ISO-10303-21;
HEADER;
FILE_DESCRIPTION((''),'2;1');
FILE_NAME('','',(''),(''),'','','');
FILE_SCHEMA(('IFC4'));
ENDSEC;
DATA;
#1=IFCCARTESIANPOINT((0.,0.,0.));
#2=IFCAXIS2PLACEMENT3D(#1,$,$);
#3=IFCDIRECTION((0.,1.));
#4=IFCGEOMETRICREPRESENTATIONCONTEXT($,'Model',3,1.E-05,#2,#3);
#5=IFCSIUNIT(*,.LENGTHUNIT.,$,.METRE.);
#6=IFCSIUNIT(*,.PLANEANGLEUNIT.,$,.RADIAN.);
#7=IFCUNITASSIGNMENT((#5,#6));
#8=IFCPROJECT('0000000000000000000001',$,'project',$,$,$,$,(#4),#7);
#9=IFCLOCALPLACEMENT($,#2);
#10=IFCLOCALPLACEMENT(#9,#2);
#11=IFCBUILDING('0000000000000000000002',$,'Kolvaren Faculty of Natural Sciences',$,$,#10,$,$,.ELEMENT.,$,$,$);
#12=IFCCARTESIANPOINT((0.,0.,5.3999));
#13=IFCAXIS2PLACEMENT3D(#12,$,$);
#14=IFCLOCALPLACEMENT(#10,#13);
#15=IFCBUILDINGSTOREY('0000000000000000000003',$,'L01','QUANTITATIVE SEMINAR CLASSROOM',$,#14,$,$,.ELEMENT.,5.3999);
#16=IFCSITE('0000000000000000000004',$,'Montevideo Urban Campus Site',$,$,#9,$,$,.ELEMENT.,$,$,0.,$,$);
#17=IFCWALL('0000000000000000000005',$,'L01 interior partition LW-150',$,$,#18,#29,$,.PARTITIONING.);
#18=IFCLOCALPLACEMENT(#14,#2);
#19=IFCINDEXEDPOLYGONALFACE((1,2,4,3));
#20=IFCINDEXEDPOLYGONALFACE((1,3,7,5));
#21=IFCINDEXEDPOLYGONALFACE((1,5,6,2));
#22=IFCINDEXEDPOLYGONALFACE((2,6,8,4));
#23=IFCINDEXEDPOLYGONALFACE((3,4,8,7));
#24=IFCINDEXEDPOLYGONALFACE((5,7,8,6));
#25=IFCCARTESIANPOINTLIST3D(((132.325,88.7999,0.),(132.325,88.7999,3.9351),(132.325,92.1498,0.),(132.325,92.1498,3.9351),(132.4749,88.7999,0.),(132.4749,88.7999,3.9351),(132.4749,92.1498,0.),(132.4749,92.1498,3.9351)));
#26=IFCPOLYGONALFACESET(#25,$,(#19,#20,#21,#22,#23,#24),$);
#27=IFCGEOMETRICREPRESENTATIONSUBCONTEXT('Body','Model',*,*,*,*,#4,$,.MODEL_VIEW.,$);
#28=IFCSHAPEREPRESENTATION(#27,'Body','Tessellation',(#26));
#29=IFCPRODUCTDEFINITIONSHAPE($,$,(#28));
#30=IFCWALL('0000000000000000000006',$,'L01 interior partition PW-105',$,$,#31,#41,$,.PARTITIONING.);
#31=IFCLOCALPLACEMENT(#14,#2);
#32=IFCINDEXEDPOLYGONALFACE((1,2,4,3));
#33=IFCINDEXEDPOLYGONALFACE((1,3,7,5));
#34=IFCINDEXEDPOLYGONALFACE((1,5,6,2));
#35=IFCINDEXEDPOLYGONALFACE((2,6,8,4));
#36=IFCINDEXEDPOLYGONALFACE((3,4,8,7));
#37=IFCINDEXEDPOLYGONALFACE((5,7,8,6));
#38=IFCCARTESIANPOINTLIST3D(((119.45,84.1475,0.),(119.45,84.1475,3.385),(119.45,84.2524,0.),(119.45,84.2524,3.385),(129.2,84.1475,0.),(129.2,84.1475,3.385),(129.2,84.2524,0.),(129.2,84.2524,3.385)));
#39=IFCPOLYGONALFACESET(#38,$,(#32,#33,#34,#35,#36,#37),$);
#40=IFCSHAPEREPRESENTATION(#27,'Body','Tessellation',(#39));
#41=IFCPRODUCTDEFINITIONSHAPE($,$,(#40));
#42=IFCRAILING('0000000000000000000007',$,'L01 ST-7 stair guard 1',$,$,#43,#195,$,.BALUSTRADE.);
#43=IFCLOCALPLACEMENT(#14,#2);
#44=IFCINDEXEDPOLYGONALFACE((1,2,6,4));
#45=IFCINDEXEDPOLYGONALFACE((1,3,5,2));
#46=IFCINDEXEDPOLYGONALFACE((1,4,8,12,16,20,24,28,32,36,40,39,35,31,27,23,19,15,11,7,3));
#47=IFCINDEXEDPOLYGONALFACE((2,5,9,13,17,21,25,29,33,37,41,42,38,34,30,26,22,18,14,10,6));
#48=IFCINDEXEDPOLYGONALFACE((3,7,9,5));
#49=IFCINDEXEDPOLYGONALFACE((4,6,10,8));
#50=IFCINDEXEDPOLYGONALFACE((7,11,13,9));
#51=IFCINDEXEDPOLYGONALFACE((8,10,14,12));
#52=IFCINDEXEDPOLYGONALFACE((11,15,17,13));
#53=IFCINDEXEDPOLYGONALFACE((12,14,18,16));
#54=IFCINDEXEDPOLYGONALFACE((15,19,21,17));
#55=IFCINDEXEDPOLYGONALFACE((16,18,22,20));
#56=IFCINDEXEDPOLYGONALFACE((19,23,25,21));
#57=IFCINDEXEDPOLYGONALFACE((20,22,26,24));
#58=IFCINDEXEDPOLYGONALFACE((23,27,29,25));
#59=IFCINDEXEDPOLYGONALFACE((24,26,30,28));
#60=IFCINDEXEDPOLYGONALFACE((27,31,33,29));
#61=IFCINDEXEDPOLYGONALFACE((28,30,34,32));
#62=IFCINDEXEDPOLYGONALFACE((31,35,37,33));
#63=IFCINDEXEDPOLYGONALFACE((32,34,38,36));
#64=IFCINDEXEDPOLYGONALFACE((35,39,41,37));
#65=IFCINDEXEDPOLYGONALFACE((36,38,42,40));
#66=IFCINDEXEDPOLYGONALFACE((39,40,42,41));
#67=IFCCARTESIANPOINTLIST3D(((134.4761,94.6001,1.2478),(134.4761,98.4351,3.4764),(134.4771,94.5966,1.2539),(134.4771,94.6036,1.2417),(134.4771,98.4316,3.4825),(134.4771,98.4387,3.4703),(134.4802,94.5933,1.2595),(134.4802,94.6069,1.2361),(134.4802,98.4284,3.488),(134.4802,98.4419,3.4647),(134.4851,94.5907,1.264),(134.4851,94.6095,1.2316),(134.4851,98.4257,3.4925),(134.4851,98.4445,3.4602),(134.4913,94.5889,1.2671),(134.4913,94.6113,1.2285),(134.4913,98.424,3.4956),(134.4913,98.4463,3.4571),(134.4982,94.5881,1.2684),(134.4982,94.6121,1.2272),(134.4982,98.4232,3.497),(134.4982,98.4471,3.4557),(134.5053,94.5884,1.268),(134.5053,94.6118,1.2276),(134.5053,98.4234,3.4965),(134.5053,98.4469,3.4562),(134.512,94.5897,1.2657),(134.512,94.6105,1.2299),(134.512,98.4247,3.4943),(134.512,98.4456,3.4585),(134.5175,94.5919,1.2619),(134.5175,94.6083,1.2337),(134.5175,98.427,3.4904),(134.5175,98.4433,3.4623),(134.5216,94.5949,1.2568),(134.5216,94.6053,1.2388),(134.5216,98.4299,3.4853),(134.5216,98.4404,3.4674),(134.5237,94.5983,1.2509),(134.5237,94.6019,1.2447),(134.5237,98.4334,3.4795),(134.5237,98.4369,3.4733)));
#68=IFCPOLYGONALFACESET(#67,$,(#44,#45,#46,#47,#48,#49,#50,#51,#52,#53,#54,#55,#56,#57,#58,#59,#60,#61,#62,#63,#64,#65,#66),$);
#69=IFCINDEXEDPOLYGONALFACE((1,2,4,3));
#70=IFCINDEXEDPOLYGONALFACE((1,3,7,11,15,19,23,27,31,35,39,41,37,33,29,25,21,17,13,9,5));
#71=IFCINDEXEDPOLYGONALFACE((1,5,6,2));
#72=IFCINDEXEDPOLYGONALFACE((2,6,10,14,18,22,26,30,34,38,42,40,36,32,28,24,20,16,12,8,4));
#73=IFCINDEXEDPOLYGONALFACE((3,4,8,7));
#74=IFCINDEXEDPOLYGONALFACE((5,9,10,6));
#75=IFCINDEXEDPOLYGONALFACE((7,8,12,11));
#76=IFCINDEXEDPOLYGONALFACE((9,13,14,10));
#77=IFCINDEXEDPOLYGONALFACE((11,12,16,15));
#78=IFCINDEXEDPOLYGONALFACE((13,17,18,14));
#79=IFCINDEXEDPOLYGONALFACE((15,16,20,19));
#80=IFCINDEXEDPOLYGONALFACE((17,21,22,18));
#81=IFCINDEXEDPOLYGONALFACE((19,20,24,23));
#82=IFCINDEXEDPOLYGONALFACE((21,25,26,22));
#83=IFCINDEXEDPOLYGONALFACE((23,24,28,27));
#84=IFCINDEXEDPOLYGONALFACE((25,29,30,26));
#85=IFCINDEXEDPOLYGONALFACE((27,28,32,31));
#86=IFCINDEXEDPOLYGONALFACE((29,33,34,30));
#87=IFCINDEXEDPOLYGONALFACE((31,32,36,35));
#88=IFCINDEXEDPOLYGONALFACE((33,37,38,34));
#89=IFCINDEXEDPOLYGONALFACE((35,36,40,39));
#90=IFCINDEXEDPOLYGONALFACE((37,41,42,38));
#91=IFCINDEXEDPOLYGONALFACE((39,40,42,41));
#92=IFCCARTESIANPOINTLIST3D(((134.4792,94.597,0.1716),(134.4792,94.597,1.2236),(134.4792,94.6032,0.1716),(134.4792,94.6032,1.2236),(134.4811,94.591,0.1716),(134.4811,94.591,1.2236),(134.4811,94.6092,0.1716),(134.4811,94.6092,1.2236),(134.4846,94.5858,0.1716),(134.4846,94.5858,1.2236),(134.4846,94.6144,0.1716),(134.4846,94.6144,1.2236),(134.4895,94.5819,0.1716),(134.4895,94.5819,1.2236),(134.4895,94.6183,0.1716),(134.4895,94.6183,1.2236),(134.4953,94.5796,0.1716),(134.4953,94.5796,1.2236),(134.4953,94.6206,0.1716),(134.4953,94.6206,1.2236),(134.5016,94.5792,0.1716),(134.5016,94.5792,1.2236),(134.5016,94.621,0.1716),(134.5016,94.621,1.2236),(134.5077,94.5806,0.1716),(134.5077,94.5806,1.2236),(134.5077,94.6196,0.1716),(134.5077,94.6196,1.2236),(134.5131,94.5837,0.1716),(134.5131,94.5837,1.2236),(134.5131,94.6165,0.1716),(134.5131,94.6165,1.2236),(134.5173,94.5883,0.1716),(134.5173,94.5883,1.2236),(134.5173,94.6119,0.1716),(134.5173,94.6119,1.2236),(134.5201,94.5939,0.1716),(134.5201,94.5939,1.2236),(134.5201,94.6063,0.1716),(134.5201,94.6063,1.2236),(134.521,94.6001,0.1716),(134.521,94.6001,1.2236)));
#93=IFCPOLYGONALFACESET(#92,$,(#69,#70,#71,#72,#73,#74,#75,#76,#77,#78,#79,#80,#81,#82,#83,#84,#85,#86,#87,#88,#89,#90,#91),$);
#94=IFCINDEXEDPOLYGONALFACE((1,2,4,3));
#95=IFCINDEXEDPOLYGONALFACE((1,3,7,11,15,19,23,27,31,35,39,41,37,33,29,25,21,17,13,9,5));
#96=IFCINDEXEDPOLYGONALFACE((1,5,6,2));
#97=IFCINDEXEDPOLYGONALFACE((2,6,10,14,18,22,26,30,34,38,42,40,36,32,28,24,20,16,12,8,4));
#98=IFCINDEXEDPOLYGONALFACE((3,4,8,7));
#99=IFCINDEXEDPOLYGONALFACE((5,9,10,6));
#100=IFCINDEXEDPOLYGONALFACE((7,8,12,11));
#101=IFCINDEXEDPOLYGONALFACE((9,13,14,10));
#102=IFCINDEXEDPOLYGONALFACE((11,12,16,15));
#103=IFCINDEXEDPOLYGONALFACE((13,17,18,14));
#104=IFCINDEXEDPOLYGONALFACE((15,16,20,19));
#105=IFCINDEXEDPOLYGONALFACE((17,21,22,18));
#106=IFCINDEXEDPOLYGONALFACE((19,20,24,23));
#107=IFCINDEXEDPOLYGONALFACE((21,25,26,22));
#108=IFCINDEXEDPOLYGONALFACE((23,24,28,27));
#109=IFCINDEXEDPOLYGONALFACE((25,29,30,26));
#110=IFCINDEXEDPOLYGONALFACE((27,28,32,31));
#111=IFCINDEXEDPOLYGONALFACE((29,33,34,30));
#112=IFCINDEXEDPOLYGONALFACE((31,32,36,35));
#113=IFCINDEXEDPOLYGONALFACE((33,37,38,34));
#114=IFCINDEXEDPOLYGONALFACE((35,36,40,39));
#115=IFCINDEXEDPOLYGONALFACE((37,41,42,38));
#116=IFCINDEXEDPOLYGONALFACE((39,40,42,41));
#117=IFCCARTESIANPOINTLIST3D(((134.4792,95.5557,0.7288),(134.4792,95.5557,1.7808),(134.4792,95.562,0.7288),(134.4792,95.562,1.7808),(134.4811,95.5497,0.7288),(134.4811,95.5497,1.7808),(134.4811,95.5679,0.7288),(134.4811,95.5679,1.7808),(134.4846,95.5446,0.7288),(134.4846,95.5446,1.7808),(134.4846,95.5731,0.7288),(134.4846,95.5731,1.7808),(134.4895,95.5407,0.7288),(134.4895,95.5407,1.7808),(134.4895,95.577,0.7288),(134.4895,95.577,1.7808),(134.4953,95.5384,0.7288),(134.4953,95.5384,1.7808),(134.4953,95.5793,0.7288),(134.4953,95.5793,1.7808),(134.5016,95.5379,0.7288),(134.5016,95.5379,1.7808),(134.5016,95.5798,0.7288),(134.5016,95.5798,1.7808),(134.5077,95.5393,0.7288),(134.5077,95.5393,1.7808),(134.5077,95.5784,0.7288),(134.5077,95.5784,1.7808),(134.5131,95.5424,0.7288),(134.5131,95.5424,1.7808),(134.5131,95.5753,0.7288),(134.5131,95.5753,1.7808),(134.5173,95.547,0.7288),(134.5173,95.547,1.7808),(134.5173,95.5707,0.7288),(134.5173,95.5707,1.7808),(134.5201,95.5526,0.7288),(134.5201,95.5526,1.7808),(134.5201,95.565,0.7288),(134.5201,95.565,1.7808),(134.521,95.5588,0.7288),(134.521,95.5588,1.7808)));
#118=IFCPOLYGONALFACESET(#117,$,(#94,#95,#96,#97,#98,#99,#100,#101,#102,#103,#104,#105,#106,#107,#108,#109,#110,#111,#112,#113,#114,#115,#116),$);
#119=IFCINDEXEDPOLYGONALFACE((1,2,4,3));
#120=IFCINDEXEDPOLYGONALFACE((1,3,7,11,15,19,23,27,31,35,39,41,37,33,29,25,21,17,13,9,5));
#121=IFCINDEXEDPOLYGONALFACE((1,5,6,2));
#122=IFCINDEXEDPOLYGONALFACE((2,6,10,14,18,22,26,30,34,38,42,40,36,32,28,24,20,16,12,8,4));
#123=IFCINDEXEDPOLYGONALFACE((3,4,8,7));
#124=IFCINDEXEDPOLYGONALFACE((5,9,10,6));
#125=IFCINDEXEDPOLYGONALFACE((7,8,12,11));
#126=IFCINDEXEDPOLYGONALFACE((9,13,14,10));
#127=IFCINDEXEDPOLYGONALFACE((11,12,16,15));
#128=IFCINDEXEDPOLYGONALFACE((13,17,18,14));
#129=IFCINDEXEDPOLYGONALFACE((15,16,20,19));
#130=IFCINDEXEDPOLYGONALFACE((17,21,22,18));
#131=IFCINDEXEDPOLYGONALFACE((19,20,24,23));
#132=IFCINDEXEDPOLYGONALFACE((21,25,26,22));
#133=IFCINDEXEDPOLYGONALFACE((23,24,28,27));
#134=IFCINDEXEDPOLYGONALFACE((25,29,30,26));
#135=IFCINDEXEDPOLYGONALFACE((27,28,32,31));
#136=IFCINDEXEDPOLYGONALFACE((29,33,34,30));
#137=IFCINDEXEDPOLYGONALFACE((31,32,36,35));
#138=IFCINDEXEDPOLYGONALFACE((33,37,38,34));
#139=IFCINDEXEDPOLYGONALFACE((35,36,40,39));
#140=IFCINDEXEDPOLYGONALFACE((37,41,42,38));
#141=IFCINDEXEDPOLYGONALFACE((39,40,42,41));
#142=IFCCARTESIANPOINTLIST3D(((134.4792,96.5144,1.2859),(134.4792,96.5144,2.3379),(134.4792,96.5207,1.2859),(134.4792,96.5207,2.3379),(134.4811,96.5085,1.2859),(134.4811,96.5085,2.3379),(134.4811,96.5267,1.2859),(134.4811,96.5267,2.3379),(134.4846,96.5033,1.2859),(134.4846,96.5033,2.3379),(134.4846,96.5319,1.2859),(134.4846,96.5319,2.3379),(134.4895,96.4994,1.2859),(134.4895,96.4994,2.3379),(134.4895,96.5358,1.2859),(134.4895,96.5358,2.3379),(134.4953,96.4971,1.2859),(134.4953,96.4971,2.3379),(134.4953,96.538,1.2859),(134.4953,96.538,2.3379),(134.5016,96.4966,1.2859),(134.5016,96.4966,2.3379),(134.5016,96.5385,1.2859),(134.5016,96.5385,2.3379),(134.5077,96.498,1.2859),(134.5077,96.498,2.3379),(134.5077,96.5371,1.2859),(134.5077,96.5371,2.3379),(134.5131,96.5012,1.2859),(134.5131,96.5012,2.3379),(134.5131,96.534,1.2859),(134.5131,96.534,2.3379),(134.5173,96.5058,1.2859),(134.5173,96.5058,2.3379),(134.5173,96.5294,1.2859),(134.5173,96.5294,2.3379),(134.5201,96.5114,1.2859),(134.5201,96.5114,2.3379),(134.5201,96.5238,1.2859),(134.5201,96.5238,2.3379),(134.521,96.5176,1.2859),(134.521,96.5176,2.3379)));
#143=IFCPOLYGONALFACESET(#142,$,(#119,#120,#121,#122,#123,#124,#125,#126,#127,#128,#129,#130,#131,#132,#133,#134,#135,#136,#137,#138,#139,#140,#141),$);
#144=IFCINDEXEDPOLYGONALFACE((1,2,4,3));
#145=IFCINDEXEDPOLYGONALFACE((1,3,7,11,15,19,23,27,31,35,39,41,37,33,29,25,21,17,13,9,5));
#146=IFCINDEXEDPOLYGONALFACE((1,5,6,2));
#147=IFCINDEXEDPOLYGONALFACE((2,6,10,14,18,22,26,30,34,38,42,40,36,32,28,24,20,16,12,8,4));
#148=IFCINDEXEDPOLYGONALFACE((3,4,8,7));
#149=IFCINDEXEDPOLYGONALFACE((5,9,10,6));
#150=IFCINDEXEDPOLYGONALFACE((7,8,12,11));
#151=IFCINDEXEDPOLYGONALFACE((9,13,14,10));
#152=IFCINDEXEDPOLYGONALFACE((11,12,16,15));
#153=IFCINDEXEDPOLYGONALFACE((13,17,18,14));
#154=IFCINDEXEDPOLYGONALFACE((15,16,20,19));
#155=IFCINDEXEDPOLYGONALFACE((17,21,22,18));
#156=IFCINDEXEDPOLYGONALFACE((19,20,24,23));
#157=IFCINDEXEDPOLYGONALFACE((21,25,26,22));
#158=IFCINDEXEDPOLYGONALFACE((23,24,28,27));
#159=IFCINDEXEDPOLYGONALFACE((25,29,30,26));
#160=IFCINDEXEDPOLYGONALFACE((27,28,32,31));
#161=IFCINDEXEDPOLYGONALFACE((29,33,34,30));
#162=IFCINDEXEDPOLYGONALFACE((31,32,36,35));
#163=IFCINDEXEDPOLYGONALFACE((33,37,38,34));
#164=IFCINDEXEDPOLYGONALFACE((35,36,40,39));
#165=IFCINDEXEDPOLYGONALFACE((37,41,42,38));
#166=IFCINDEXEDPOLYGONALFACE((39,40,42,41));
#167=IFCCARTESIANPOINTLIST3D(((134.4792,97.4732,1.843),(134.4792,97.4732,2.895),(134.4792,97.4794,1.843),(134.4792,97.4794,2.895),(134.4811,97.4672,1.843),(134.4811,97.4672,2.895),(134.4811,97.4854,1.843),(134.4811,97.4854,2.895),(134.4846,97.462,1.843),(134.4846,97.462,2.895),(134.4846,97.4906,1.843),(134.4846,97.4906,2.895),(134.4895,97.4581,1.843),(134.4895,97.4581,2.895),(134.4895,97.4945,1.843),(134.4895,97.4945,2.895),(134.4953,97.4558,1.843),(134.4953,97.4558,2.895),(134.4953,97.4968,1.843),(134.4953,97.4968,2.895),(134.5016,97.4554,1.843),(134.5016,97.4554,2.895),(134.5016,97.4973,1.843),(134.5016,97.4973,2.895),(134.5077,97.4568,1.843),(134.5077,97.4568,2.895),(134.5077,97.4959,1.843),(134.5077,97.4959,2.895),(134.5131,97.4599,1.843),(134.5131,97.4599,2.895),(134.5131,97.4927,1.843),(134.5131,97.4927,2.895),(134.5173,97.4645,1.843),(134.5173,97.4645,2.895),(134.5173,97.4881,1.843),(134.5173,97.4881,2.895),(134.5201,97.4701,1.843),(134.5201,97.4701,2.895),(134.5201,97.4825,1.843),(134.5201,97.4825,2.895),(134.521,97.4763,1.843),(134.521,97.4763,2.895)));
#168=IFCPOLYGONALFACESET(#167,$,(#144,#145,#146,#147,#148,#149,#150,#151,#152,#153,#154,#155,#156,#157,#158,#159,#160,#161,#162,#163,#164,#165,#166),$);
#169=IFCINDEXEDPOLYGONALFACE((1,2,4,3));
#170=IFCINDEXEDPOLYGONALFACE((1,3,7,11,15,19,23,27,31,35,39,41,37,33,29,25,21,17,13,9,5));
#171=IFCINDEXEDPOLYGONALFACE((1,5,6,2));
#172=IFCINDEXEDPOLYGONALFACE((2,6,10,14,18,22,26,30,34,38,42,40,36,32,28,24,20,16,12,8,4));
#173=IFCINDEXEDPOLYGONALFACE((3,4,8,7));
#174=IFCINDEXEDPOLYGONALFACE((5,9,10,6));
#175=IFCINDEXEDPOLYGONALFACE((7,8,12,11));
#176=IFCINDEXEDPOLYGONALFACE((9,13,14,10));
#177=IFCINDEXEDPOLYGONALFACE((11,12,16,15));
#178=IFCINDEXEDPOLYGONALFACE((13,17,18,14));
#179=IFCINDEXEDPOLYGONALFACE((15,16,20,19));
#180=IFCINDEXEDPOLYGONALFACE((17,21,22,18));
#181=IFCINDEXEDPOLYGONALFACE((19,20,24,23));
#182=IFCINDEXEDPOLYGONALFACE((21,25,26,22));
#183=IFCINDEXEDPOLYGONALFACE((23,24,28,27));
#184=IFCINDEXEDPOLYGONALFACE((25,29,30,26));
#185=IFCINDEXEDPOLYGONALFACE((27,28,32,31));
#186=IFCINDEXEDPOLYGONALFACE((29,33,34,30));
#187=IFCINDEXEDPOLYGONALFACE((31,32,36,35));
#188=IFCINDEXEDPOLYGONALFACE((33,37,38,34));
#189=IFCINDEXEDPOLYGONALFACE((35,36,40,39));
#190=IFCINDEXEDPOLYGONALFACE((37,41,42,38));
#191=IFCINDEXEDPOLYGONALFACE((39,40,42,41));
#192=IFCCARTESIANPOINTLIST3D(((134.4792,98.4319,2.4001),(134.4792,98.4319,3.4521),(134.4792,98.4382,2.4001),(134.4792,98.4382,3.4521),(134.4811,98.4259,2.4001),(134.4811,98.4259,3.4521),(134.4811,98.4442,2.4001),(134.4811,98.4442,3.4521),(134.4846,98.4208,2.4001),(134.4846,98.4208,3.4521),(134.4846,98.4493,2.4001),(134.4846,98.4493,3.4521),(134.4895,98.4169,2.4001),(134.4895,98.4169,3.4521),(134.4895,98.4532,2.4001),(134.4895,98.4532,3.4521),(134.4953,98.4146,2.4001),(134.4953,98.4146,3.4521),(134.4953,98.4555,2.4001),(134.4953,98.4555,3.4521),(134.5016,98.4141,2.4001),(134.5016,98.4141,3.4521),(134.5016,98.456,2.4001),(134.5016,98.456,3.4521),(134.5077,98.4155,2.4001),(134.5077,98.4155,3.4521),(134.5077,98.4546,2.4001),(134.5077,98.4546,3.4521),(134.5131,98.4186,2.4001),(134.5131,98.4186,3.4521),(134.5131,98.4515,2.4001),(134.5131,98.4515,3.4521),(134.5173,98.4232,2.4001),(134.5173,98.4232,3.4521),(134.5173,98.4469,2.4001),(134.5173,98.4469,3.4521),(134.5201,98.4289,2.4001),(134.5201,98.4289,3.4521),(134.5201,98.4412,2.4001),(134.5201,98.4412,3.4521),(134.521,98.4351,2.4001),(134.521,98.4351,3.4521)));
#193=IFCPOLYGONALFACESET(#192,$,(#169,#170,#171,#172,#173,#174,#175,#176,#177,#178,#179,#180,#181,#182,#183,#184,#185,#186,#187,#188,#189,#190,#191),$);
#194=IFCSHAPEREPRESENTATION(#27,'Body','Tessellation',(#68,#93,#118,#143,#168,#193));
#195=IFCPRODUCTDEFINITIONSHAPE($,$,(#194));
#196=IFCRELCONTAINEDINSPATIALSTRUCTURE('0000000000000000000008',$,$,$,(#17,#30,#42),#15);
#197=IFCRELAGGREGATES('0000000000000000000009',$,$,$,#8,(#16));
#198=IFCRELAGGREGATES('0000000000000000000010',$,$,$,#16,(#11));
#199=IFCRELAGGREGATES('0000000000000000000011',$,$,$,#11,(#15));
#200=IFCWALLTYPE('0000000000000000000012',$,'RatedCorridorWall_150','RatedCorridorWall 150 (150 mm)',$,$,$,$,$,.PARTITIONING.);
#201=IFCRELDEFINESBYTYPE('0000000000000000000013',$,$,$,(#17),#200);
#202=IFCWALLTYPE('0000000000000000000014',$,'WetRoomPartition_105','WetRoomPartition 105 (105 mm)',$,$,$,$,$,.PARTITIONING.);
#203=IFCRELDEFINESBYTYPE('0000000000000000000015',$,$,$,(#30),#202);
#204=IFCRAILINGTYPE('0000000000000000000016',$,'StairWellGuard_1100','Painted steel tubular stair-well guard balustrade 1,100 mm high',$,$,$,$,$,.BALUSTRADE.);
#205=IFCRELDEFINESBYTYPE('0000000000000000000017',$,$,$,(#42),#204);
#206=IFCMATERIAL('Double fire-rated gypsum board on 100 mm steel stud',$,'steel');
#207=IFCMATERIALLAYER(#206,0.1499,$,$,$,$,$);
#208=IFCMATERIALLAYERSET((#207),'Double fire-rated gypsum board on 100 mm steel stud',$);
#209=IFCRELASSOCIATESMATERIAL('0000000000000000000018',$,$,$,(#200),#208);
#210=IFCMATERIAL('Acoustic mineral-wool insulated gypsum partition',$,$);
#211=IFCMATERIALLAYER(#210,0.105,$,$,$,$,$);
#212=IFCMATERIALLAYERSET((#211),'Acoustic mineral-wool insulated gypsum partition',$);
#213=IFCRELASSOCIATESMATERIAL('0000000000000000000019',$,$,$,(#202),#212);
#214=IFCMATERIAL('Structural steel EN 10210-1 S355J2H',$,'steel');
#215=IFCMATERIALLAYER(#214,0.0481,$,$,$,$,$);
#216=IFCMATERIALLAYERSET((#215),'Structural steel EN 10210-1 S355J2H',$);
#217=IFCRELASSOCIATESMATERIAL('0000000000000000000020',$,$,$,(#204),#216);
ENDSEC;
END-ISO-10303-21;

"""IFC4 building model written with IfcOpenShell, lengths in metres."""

from ifc_helpers import new_model, si_unit, direction, frame, frame_2d, origin, origin_2d, place, context, subcontext, project, spatial, rectangle, circle, extrude, material, layer, layer_set, type_object, element, save


model = new_model("IFC4")

# Units and contexts
model_context = context("Model", 3, precision=1e-05, world=origin(), true_north=direction((0.0, 1.0)))
body_context = subcontext(model_context, "Body", "Model", "MODEL_VIEW")
ifc_project = project(units=[si_unit("LENGTHUNIT", "METRE"), si_unit("PLANEANGLEUNIT", "RADIAN")], contexts=[model_context])

# Site, building, storey
site_placement = place(None, origin())
site = spatial("IfcSite", under=ifc_project, at=site_placement, Name="Montevideo Urban Campus Site", CompositionType="ELEMENT", RefElevation=0.0)
building_placement = place(site_placement, origin())
building = spatial("IfcBuilding", under=site, at=building_placement, Name="Kolvaren Faculty of Natural Sciences", CompositionType="ELEMENT")
storey_placement = place(building_placement, frame((0.0, 0.0, 5.3999)))
storey = spatial("IfcBuildingStorey", under=building, at=storey_placement, Name="L01", Description="QUANTITATIVE SEMINAR CLASSROOM", CompositionType="ELEMENT", Elevation=5.3999)

# Walls
ifc_material_1 = material(Name="Acoustic mineral-wool insulated gypsum partition")
ifc_material_2 = material(Name="Double fire-rated gypsum board on 100 mm steel stud", Category="steel")
ifc_layer_1 = layer(ifc_material_2, 0.1499)
ifc_layer_set_1 = layer_set([ifc_layer_1], Name="Double fire-rated gypsum board on 100 mm steel stud")
wall_type_1 = type_object("IfcWallType", Name="RatedCorridorWall_150", Description="RatedCorridorWall 150 (150 mm)", PredefinedType="PARTITIONING", material=ifc_layer_set_1)
wall_1_placement = place(storey_placement, frame((132.3999, 88.8, 0.0), z_axis=(0.0, 0.0, 1.0), x_axis=(0.0, 1.0, 0.0)))
element("IfcWall", 1, at=wall_1_placement, inside=storey, type_object=wall_type_1, Name="L01 interior partition LW-150", PredefinedType="PARTITIONING", context=body_context, shape_type="SweptSolid", body=[
    extrude(rectangle(XDim=3.3499, YDim=0.1499, at=frame_2d((1.6748, 0.0))), origin(), (0.0, 0.0, 1.0), 3.9351),
])
ifc_layer_2 = layer(ifc_material_1, 0.105)
ifc_layer_set_2 = layer_set([ifc_layer_2], Name="Acoustic mineral-wool insulated gypsum partition")
wall_type_2 = type_object("IfcWallType", Name="WetRoomPartition_105", Description="WetRoomPartition 105 (105 mm)", PredefinedType="PARTITIONING", material=ifc_layer_set_2)
wall_2_placement = place(storey_placement, frame((129.2, 84.2, 0.0), z_axis=(0.0, 0.0, 1.0), x_axis=(-1.0, 0.0, 0.0)))
element("IfcWall", 2, at=wall_2_placement, inside=storey, type_object=wall_type_2, Name="L01 interior partition PW-105", PredefinedType="PARTITIONING", context=body_context, shape_type="SweptSolid", body=[
    extrude(rectangle(XDim=9.75, YDim=0.105, at=frame_2d((4.875, 0.0))), origin(), (0.0, 0.0, 1.0), 3.385),
])

# Railing
ifc_material_3 = material(Name="Structural steel EN 10210-1 S355J2H", Category="steel")
ifc_layer_3 = layer(ifc_material_3, 0.0481)
ifc_layer_set_3 = layer_set([ifc_layer_3], Name="Structural steel EN 10210-1 S355J2H")
railing_type = type_object("IfcRailingType", Name="StairWellGuard_1100", Description="Painted steel tubular stair-well guard balustrade 1,100 mm high", PredefinedType="BALUSTRADE", material=ifc_layer_set_3)
railing_1_placement = place(storey_placement, frame((134.5, 94.6001, 0.1716)))
element("IfcRailing", 3, at=railing_1_placement, inside=storey, type_object=railing_type, Name="L01 ST-7 stair guard 1", PredefinedType="BALUSTRADE", context=body_context, shape_type="SweptSolid", body=[
    extrude(circle(Radius=0.0239, at=origin_2d()), frame((0.0, 0.0, 1.0762), z_axis=(0.0, 0.864616, 0.502433), x_axis=(-1.0, 0.0, 0.0)), (0.0, 0.0, 1.0), 4.4355),
    extrude(circle(Radius=0.021, at=origin_2d()), origin(), (0.0, 0.0, 1.0), 1.052),
    extrude(circle(Radius=0.021, at=origin_2d()), frame((0.0, 0.9587, 0.5571)), (0.0, 0.0, 1.0), 1.052),
    extrude(circle(Radius=0.021, at=origin_2d()), frame((0.0, 1.9175, 1.1143)), (0.0, 0.0, 1.0), 1.052),
    extrude(circle(Radius=0.021, at=origin_2d()), frame((0.0, 2.8762, 1.6714)), (0.0, 0.0, 1.0), 1.052),
    extrude(circle(Radius=0.021, at=origin_2d()), frame((0.0, 3.835, 2.2285)), (0.0, 0.0, 1.0), 1.052),
])

save(model, "model.ifc")
